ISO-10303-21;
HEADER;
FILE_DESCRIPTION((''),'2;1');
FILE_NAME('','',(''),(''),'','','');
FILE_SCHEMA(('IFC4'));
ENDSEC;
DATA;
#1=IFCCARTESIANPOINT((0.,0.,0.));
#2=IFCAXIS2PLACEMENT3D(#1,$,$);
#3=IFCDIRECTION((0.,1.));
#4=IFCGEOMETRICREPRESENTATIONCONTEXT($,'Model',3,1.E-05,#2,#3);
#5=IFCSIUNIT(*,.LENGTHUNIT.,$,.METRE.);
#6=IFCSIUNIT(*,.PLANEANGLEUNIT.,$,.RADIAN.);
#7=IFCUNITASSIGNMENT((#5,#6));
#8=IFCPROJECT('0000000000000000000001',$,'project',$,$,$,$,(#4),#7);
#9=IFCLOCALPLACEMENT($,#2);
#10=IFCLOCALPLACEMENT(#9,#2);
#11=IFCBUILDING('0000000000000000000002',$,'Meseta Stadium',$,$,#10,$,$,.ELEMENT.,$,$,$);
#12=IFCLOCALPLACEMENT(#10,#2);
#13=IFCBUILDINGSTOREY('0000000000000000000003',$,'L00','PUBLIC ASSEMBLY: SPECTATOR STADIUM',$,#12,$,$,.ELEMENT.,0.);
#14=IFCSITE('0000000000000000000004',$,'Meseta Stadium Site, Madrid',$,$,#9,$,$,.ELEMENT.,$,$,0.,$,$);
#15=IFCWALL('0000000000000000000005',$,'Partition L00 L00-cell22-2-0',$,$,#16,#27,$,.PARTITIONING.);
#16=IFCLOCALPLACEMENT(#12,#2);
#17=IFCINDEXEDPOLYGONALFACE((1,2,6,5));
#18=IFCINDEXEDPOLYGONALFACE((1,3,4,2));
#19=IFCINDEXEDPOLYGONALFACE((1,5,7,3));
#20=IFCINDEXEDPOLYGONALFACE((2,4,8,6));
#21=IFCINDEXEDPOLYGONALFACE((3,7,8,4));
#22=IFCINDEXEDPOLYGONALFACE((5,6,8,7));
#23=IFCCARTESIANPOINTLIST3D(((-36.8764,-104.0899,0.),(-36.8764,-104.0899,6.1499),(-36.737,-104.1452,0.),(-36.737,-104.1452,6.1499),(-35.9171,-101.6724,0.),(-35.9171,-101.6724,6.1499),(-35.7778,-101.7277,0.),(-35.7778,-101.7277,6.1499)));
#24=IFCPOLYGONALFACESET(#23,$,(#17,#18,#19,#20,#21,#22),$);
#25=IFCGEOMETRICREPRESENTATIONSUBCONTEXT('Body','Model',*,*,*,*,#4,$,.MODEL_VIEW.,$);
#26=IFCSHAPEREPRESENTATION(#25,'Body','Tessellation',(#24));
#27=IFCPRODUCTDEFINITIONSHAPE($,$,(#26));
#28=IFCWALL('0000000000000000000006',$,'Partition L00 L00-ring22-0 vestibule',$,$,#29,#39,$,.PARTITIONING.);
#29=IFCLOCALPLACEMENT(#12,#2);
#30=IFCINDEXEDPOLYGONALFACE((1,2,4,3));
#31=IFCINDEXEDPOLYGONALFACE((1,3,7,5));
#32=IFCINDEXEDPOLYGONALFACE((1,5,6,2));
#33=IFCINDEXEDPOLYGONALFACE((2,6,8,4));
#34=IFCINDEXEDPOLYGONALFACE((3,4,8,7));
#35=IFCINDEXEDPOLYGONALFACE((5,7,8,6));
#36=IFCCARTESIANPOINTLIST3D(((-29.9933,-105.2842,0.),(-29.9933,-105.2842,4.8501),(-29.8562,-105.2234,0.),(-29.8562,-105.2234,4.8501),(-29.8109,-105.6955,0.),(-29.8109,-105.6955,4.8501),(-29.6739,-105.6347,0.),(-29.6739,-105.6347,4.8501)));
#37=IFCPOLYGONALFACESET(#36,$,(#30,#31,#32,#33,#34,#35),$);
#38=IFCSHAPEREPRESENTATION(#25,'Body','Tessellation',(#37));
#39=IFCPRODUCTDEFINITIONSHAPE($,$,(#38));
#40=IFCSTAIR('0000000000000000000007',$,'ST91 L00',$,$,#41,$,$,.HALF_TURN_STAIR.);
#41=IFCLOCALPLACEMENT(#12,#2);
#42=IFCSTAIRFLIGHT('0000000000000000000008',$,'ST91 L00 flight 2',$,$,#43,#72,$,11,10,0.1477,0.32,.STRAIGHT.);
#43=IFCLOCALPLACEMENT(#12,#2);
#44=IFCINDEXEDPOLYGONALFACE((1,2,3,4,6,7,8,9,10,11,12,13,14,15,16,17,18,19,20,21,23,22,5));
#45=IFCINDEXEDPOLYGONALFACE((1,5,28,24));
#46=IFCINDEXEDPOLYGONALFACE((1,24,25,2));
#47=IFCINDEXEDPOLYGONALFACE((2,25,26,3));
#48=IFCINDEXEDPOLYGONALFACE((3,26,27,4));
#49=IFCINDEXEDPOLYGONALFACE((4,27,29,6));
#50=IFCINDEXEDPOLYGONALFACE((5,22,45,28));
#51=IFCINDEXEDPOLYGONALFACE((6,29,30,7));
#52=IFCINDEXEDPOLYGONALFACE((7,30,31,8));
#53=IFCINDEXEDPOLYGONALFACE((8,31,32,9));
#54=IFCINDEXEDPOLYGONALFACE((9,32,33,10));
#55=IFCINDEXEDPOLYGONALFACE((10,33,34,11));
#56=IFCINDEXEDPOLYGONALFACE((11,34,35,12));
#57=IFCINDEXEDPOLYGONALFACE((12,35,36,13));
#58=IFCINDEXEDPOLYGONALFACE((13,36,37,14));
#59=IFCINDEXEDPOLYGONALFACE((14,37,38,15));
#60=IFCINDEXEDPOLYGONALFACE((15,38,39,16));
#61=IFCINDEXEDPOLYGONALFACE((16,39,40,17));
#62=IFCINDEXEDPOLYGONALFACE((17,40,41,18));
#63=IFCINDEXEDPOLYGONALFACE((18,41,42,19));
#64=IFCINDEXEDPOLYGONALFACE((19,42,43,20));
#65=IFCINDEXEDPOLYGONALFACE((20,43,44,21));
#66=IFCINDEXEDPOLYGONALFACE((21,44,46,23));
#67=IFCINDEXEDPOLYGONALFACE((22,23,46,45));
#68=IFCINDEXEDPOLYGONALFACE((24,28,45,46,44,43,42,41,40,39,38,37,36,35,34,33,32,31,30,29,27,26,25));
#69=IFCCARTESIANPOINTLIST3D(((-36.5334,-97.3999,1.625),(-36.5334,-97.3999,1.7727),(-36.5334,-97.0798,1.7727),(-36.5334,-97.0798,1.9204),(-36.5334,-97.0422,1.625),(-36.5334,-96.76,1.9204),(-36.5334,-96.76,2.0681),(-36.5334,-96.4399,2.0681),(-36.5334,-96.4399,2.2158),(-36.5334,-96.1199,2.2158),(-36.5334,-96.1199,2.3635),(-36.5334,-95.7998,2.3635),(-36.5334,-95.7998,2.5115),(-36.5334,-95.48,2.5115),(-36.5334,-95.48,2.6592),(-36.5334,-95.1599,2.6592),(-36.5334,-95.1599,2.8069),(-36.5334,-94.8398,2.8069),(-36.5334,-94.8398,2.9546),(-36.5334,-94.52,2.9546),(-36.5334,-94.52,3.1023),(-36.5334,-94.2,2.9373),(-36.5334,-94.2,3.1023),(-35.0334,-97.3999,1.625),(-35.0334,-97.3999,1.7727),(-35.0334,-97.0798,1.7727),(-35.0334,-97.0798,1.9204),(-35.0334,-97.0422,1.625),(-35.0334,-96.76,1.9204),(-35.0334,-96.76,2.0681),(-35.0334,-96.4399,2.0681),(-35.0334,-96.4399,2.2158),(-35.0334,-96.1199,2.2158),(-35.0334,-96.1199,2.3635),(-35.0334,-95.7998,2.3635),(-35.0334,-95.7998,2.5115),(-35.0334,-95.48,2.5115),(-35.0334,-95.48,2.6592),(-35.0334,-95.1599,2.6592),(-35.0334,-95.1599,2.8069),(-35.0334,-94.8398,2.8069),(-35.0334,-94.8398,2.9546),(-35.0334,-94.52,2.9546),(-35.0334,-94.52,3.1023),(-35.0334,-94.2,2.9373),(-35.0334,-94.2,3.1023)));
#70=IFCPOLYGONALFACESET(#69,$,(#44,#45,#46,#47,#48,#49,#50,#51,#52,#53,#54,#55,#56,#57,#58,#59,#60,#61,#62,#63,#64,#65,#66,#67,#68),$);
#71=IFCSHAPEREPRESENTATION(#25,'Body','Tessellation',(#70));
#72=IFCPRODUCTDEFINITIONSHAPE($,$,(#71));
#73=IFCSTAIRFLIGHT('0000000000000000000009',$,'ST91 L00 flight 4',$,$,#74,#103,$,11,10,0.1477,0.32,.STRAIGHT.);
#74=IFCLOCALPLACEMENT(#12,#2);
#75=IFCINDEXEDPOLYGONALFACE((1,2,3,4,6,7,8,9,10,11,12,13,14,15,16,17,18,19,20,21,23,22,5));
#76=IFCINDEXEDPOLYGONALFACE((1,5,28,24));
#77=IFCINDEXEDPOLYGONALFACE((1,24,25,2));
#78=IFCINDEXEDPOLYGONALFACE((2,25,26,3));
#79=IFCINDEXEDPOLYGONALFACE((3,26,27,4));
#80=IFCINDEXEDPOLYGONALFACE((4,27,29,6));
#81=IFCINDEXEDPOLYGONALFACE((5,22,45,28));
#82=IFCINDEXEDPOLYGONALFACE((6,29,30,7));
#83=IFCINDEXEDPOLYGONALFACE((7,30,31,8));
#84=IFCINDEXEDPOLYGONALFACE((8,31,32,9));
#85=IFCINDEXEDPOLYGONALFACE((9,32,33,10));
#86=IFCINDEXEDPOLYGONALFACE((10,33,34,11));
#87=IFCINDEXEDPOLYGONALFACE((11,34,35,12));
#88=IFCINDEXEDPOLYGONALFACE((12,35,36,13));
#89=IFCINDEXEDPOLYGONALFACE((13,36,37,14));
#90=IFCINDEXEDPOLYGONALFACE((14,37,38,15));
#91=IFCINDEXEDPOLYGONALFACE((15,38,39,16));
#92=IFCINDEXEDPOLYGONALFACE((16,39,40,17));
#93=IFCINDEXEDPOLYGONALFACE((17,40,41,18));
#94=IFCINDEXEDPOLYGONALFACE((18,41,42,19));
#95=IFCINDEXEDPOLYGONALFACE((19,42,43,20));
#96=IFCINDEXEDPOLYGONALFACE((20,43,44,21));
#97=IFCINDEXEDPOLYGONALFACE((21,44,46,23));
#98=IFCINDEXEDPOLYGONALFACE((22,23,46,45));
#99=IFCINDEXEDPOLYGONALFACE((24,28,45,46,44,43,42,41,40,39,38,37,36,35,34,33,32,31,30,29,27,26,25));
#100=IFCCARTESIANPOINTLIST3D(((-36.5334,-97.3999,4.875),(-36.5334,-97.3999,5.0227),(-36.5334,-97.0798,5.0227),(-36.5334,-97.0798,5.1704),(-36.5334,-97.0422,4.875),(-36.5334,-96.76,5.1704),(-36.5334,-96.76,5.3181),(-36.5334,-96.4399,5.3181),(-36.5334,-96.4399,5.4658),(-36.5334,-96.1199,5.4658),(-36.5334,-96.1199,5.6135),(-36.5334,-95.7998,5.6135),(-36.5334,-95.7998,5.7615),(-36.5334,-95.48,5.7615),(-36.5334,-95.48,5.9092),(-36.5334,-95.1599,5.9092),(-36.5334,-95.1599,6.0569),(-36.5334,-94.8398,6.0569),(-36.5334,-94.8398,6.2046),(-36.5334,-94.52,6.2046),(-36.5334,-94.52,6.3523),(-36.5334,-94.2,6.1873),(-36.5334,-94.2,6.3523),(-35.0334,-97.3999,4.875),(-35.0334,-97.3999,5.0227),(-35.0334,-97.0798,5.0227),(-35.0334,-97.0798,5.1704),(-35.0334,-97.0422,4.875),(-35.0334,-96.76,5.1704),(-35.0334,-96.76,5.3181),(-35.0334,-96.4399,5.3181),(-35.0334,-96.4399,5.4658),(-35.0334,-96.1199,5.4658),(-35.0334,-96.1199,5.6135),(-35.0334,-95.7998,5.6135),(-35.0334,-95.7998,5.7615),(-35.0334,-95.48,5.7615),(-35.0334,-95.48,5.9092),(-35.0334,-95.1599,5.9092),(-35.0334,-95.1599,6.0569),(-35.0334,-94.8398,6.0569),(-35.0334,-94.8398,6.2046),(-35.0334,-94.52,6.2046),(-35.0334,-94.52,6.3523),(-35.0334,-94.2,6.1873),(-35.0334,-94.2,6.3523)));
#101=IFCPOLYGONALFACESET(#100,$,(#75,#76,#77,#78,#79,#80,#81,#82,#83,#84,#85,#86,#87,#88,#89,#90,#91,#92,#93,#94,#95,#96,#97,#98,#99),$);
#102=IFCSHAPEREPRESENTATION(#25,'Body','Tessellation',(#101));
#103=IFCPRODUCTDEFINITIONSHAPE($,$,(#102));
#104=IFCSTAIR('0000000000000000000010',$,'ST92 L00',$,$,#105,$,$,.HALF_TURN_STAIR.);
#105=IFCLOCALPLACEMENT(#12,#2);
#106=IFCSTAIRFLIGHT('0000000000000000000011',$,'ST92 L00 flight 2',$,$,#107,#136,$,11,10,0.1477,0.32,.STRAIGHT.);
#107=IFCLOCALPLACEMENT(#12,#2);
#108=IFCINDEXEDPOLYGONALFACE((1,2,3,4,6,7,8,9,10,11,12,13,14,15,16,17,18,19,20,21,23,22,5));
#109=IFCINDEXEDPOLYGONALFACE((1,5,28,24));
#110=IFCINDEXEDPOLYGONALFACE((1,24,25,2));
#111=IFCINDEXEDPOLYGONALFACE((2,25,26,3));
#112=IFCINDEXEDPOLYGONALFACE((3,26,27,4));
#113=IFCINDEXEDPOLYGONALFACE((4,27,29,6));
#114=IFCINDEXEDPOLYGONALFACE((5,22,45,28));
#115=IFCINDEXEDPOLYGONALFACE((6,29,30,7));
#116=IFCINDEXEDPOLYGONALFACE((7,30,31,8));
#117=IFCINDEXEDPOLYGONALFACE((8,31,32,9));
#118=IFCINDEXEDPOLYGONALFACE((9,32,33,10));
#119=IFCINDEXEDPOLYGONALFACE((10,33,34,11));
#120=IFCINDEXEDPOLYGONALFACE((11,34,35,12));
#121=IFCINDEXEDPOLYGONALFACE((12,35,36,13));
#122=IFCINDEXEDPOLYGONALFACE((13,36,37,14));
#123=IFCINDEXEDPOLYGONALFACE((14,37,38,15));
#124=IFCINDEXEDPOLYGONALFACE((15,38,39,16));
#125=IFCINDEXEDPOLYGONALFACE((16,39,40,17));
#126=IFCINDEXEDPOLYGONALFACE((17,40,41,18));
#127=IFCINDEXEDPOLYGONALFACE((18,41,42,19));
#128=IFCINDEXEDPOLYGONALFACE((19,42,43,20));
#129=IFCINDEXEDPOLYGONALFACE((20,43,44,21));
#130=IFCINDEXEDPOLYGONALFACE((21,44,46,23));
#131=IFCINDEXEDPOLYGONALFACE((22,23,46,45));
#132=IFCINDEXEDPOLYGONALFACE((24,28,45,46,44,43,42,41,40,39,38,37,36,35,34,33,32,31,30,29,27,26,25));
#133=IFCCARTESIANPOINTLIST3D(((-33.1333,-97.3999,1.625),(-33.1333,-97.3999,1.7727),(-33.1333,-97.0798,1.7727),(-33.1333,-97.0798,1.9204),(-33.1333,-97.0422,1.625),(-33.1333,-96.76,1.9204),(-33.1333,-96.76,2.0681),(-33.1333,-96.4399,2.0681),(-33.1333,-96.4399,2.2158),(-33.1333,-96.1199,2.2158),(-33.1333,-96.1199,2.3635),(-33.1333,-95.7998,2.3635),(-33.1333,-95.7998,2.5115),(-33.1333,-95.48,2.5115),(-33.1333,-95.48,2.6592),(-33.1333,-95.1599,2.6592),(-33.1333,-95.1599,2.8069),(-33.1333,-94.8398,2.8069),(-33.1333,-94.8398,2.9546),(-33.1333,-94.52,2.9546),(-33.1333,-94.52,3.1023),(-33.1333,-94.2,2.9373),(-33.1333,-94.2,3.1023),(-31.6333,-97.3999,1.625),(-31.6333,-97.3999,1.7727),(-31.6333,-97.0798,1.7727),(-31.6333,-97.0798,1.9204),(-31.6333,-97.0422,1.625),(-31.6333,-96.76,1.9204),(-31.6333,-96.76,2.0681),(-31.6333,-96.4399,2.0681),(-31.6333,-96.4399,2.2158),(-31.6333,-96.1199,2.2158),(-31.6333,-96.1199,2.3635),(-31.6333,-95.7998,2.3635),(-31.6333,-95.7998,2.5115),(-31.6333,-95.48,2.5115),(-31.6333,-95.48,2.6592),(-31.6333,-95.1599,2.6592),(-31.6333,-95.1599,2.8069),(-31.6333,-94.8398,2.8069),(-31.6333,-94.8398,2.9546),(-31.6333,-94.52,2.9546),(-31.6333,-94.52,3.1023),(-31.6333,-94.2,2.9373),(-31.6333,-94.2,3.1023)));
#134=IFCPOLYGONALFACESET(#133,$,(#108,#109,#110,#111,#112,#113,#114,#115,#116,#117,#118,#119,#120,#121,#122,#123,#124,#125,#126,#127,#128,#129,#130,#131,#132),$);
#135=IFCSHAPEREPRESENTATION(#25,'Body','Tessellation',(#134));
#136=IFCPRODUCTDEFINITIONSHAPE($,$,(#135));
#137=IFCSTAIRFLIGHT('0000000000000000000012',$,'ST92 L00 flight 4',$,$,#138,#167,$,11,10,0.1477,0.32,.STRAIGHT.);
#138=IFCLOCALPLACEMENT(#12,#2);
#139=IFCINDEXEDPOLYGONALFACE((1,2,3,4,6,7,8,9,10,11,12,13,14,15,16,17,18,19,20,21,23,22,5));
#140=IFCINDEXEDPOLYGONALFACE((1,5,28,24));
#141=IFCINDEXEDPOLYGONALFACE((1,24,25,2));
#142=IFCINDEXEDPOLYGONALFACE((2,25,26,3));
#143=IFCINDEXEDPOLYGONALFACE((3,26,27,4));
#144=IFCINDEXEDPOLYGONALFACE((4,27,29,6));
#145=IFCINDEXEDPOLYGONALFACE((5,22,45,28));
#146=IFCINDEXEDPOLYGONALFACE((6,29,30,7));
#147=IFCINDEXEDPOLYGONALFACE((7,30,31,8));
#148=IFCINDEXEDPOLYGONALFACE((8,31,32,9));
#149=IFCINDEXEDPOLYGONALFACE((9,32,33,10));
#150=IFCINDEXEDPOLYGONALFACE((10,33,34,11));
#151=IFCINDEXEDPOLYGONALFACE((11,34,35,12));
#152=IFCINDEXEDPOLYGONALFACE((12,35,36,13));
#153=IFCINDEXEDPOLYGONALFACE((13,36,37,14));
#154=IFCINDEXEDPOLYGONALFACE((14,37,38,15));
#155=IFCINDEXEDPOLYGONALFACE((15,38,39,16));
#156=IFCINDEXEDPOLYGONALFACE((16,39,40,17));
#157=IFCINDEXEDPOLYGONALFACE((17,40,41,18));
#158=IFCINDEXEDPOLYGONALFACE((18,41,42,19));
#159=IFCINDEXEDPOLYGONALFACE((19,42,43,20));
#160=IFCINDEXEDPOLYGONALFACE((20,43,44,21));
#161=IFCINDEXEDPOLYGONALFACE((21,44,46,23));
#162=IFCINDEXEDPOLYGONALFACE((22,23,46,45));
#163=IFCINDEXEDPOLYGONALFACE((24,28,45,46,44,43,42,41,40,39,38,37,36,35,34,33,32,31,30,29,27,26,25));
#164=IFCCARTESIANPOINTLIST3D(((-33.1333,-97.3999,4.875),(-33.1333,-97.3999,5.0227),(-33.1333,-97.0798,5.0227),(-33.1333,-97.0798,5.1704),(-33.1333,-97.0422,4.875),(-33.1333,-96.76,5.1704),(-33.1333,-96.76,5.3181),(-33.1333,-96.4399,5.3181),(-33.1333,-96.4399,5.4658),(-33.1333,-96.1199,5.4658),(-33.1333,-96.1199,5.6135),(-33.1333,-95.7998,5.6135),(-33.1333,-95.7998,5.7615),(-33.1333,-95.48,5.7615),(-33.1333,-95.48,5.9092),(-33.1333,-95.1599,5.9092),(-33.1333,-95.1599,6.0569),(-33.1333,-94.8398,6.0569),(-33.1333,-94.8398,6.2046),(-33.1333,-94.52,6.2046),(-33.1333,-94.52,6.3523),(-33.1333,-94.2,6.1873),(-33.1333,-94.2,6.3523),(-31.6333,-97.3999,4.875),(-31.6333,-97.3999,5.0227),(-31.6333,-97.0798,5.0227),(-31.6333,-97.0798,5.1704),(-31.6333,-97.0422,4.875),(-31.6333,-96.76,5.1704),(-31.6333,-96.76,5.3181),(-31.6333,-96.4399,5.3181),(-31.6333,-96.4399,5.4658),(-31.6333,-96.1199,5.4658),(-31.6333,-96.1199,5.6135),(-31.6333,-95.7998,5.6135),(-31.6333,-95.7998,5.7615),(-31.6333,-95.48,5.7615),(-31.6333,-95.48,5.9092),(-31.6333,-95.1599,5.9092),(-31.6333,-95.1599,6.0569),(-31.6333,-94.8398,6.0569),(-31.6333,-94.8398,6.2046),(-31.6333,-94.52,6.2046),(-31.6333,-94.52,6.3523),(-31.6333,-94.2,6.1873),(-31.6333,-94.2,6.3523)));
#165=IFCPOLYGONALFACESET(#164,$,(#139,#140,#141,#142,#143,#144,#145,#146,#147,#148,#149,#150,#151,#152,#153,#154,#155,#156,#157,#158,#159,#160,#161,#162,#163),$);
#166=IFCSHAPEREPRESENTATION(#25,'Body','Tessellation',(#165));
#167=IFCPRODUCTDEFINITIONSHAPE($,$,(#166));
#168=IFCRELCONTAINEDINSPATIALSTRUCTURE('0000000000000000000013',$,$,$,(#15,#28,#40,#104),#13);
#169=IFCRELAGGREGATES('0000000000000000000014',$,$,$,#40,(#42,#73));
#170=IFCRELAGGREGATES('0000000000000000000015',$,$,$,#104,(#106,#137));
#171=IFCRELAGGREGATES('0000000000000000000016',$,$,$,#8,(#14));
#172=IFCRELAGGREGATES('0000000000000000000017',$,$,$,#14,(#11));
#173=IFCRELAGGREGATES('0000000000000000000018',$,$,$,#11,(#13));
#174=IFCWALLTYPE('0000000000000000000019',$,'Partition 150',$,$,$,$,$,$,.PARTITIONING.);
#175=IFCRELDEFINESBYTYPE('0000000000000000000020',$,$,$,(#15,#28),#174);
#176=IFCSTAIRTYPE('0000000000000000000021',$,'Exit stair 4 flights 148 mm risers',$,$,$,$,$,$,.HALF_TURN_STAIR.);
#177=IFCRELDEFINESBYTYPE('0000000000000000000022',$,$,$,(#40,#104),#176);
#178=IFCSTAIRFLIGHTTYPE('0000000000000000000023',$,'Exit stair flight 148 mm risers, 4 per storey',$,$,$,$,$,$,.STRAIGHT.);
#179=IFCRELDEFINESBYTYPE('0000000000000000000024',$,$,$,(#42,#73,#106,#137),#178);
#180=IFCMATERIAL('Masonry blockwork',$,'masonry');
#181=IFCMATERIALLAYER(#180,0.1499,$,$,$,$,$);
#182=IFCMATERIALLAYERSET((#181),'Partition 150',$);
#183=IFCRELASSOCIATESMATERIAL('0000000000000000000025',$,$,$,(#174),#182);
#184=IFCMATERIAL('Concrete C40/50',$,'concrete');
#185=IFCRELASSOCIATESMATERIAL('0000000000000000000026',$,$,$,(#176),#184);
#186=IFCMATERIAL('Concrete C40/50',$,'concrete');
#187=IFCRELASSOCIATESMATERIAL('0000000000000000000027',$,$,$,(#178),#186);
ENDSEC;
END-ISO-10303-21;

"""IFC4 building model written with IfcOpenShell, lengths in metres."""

from ifc_helpers import new_model, si_unit, direction, frame, frame_2d, origin, place, context, subcontext, project, spatial, polyline, rectangle, outline, extrude, material, layer, layer_set, type_object, element, aggregate, save


model = new_model("IFC4")

# Units and contexts
model_context = context("Model", 3, precision=1e-05, world=origin(), true_north=direction((0.0, 1.0)))
body_context = subcontext(model_context, "Body", "Model", "MODEL_VIEW")
ifc_project = project(units=[si_unit("LENGTHUNIT", "METRE"), si_unit("PLANEANGLEUNIT", "RADIAN")], contexts=[model_context])

# Site, building, storey
site_placement = place(None, origin())
site = spatial("IfcSite", under=ifc_project, at=site_placement, Name="Meseta Stadium Site, Madrid", CompositionType="ELEMENT", RefElevation=0.0)
building_placement = place(site_placement, origin())
building = spatial("IfcBuilding", under=site, at=building_placement, Name="Meseta Stadium", CompositionType="ELEMENT")
storey_placement = place(building_placement, origin())
storey = spatial("IfcBuildingStorey", under=building, at=storey_placement, Name="L00", Description="PUBLIC ASSEMBLY: SPECTATOR STADIUM", CompositionType="ELEMENT", Elevation=0.0)

# Walls
ifc_material_1 = material(Name="Masonry blockwork", Category="masonry")
ifc_layer_1 = layer(ifc_material_1, 0.1499)
ifc_layer_set_1 = layer_set([ifc_layer_1], Name="Partition 150")
wall_type_1 = type_object("IfcWallType", Name="Partition 150", PredefinedType="PARTITIONING", material=ifc_layer_set_1)
wall_1_placement = place(storey_placement, frame((-36.8066, -104.1174, 0.0), z_axis=(0.0, 0.0, 1.0), x_axis=(0.368816, 0.929502, 0.0)))
element("IfcWall", 1, at=wall_1_placement, inside=storey, type_object=wall_type_1, Name="Partition L00 L00-cell22-2-0", PredefinedType="PARTITIONING", context=body_context, shape_type="SweptSolid", body=[
    extrude(rectangle(XDim=2.6008, YDim=0.1499, at=frame_2d((1.3003, 0.0))), origin(), (0.0, 0.0, 1.0), 6.1499),
])
wall_2_placement = place(storey_placement, frame((-29.9248, -105.2537, 0.0), z_axis=(0.0, 0.0, 1.0), x_axis=(0.405283, -0.914191, 0.0)))
element("IfcWall", 2, at=wall_2_placement, inside=storey, type_object=wall_type_1, Name="Partition L00 L00-ring22-0 vestibule", PredefinedType="PARTITIONING", context=body_context, shape_type="SweptSolid", body=[
    extrude(rectangle(XDim=0.45, YDim=0.1499, at=frame_2d((0.2251, 0.0))), origin(), (0.0, 0.0, 1.0), 4.8501),
])

# Stairs, stair flights
ifc_material_2 = material(Name="Concrete C40/50", Category="concrete")
stair_type = type_object("IfcStairType", Name="Exit stair 4 flights 148 mm risers", PredefinedType="HALF_TURN_STAIR", material=ifc_material_2)
stair_1_placement = place(storey_placement, origin())
stair_1 = element("IfcStair", 3, at=stair_1_placement, inside=storey, type_object=stair_type, Name="ST91 L00", PredefinedType="HALF_TURN_STAIR")
ifc_material_3 = material(Name="Concrete C40/50", Category="concrete")
stair_flight_type = type_object("IfcStairFlightType", Name="Exit stair flight 148 mm risers, 4 per storey", PredefinedType="STRAIGHT", material=ifc_material_3)
stair_flight_1_placement = place(storey_placement, frame((-35.7834, -97.3999, 1.625), z_axis=(0.0, 0.0, 1.0), x_axis=(0.0, 1.0, 0.0)))
stair_flight_1 = element("IfcStairFlight", 4, at=stair_flight_1_placement, type_object=stair_flight_type, Name="ST91 L00 flight 2", NumberOfRisers=11, NumberOfTreads=10, PredefinedType="STRAIGHT", RiserHeight=0.1477, TreadLength=0.32, context=body_context, shape_type="SweptSolid", body=[
    extrude(outline(polyline([(0.0, 0.0), (0.0, 0.1477), (0.3201, 0.1477), (0.3201, 0.2954), (0.6399, 0.2954), (0.6399, 0.4431), (0.96, 0.4431), (0.96, 0.5908), (1.28, 0.5908), (1.28, 0.7385), (1.6001, 0.7385), (1.6001, 0.8865), (1.9199, 0.8865), (1.9199, 1.0342), (2.24, 1.0342), (2.24, 1.1819), (2.5601, 1.1819), (2.5601, 1.3296), (2.8799, 1.3296), (2.8799, 1.4773), (3.2, 1.4773), (3.2, 1.3123), (0.3577, 0.0), (0.0, 0.0)])), frame((0.0, 0.75, 0.0), z_axis=(0.0, -1.0, 0.0), x_axis=(1.0, 0.0, 0.0)), (0.0, 0.0, 1.0), 1.5),
])
stair_flight_2_placement = place(storey_placement, frame((-35.7834, -97.3999, 4.875), z_axis=(0.0, 0.0, 1.0), x_axis=(0.0, 1.0, 0.0)))
stair_flight_2 = element("IfcStairFlight", 5, at=stair_flight_2_placement, type_object=stair_flight_type, Name="ST91 L00 flight 4", NumberOfRisers=11, NumberOfTreads=10, PredefinedType="STRAIGHT", RiserHeight=0.1477, TreadLength=0.32, context=body_context, shape_type="SweptSolid", body=[
    extrude(outline(polyline([(0.0, 0.0), (0.0, 0.1477), (0.3201, 0.1477), (0.3201, 0.2954), (0.6399, 0.2954), (0.6399, 0.4431), (0.96, 0.4431), (0.96, 0.5908), (1.28, 0.5908), (1.28, 0.7385), (1.6001, 0.7385), (1.6001, 0.8865), (1.9199, 0.8865), (1.9199, 1.0342), (2.24, 1.0342), (2.24, 1.1819), (2.5601, 1.1819), (2.5601, 1.3296), (2.8799, 1.3296), (2.8799, 1.4773), (3.2, 1.4773), (3.2, 1.3123), (0.3577, 0.0), (0.0, 0.0)])), frame((0.0, 0.75, 0.0), z_axis=(0.0, -1.0, 0.0), x_axis=(1.0, 0.0, 0.0)), (0.0, 0.0, 1.0), 1.5),
])
aggregate(stair_1, [stair_flight_1, stair_flight_2])
stair_2_placement = place(storey_placement, origin())
stair_2 = element("IfcStair", 6, at=stair_2_placement, inside=storey, type_object=stair_type, Name="ST92 L00", PredefinedType="HALF_TURN_STAIR")
stair_flight_3_placement = place(storey_placement, frame((-32.3833, -97.3999, 1.625), z_axis=(0.0, 0.0, 1.0), x_axis=(0.0, 1.0, 0.0)))
stair_flight_3 = element("IfcStairFlight", 7, at=stair_flight_3_placement, type_object=stair_flight_type, Name="ST92 L00 flight 2", NumberOfRisers=11, NumberOfTreads=10, PredefinedType="STRAIGHT", RiserHeight=0.1477, TreadLength=0.32, context=body_context, shape_type="SweptSolid", body=[
    extrude(outline(polyline([(0.0, 0.0), (0.0, 0.1477), (0.3201, 0.1477), (0.3201, 0.2954), (0.6399, 0.2954), (0.6399, 0.4431), (0.96, 0.4431), (0.96, 0.5908), (1.28, 0.5908), (1.28, 0.7385), (1.6001, 0.7385), (1.6001, 0.8865), (1.9199, 0.8865), (1.9199, 1.0342), (2.24, 1.0342), (2.24, 1.1819), (2.5601, 1.1819), (2.5601, 1.3296), (2.8799, 1.3296), (2.8799, 1.4773), (3.2, 1.4773), (3.2, 1.3123), (0.3577, 0.0), (0.0, 0.0)])), frame((0.0, 0.75, 0.0), z_axis=(0.0, -1.0, 0.0), x_axis=(1.0, 0.0, 0.0)), (0.0, 0.0, 1.0), 1.5),
])
stair_flight_4_placement = place(storey_placement, frame((-32.3833, -97.3999, 4.875), z_axis=(0.0, 0.0, 1.0), x_axis=(0.0, 1.0, 0.0)))
stair_flight_4 = element("IfcStairFlight", 8, at=stair_flight_4_placement, type_object=stair_flight_type, Name="ST92 L00 flight 4", NumberOfRisers=11, NumberOfTreads=10, PredefinedType="STRAIGHT", RiserHeight=0.1477, TreadLength=0.32, context=body_context, shape_type="SweptSolid", body=[
    extrude(outline(polyline([(0.0, 0.0), (0.0, 0.1477), (0.3201, 0.1477), (0.3201, 0.2954), (0.6399, 0.2954), (0.6399, 0.4431), (0.96, 0.4431), (0.96, 0.5908), (1.28, 0.5908), (1.28, 0.7385), (1.6001, 0.7385), (1.6001, 0.8865), (1.9199, 0.8865), (1.9199, 1.0342), (2.24, 1.0342), (2.24, 1.1819), (2.5601, 1.1819), (2.5601, 1.3296), (2.8799, 1.3296), (2.8799, 1.4773), (3.2, 1.4773), (3.2, 1.3123), (0.3577, 0.0), (0.0, 0.0)])), frame((0.0, 0.75, 0.0), z_axis=(0.0, -1.0, 0.0), x_axis=(1.0, 0.0, 0.0)), (0.0, 0.0, 1.0), 1.5),
])
aggregate(stair_2, [stair_flight_3, stair_flight_4])

save(model, "model.ifc")
